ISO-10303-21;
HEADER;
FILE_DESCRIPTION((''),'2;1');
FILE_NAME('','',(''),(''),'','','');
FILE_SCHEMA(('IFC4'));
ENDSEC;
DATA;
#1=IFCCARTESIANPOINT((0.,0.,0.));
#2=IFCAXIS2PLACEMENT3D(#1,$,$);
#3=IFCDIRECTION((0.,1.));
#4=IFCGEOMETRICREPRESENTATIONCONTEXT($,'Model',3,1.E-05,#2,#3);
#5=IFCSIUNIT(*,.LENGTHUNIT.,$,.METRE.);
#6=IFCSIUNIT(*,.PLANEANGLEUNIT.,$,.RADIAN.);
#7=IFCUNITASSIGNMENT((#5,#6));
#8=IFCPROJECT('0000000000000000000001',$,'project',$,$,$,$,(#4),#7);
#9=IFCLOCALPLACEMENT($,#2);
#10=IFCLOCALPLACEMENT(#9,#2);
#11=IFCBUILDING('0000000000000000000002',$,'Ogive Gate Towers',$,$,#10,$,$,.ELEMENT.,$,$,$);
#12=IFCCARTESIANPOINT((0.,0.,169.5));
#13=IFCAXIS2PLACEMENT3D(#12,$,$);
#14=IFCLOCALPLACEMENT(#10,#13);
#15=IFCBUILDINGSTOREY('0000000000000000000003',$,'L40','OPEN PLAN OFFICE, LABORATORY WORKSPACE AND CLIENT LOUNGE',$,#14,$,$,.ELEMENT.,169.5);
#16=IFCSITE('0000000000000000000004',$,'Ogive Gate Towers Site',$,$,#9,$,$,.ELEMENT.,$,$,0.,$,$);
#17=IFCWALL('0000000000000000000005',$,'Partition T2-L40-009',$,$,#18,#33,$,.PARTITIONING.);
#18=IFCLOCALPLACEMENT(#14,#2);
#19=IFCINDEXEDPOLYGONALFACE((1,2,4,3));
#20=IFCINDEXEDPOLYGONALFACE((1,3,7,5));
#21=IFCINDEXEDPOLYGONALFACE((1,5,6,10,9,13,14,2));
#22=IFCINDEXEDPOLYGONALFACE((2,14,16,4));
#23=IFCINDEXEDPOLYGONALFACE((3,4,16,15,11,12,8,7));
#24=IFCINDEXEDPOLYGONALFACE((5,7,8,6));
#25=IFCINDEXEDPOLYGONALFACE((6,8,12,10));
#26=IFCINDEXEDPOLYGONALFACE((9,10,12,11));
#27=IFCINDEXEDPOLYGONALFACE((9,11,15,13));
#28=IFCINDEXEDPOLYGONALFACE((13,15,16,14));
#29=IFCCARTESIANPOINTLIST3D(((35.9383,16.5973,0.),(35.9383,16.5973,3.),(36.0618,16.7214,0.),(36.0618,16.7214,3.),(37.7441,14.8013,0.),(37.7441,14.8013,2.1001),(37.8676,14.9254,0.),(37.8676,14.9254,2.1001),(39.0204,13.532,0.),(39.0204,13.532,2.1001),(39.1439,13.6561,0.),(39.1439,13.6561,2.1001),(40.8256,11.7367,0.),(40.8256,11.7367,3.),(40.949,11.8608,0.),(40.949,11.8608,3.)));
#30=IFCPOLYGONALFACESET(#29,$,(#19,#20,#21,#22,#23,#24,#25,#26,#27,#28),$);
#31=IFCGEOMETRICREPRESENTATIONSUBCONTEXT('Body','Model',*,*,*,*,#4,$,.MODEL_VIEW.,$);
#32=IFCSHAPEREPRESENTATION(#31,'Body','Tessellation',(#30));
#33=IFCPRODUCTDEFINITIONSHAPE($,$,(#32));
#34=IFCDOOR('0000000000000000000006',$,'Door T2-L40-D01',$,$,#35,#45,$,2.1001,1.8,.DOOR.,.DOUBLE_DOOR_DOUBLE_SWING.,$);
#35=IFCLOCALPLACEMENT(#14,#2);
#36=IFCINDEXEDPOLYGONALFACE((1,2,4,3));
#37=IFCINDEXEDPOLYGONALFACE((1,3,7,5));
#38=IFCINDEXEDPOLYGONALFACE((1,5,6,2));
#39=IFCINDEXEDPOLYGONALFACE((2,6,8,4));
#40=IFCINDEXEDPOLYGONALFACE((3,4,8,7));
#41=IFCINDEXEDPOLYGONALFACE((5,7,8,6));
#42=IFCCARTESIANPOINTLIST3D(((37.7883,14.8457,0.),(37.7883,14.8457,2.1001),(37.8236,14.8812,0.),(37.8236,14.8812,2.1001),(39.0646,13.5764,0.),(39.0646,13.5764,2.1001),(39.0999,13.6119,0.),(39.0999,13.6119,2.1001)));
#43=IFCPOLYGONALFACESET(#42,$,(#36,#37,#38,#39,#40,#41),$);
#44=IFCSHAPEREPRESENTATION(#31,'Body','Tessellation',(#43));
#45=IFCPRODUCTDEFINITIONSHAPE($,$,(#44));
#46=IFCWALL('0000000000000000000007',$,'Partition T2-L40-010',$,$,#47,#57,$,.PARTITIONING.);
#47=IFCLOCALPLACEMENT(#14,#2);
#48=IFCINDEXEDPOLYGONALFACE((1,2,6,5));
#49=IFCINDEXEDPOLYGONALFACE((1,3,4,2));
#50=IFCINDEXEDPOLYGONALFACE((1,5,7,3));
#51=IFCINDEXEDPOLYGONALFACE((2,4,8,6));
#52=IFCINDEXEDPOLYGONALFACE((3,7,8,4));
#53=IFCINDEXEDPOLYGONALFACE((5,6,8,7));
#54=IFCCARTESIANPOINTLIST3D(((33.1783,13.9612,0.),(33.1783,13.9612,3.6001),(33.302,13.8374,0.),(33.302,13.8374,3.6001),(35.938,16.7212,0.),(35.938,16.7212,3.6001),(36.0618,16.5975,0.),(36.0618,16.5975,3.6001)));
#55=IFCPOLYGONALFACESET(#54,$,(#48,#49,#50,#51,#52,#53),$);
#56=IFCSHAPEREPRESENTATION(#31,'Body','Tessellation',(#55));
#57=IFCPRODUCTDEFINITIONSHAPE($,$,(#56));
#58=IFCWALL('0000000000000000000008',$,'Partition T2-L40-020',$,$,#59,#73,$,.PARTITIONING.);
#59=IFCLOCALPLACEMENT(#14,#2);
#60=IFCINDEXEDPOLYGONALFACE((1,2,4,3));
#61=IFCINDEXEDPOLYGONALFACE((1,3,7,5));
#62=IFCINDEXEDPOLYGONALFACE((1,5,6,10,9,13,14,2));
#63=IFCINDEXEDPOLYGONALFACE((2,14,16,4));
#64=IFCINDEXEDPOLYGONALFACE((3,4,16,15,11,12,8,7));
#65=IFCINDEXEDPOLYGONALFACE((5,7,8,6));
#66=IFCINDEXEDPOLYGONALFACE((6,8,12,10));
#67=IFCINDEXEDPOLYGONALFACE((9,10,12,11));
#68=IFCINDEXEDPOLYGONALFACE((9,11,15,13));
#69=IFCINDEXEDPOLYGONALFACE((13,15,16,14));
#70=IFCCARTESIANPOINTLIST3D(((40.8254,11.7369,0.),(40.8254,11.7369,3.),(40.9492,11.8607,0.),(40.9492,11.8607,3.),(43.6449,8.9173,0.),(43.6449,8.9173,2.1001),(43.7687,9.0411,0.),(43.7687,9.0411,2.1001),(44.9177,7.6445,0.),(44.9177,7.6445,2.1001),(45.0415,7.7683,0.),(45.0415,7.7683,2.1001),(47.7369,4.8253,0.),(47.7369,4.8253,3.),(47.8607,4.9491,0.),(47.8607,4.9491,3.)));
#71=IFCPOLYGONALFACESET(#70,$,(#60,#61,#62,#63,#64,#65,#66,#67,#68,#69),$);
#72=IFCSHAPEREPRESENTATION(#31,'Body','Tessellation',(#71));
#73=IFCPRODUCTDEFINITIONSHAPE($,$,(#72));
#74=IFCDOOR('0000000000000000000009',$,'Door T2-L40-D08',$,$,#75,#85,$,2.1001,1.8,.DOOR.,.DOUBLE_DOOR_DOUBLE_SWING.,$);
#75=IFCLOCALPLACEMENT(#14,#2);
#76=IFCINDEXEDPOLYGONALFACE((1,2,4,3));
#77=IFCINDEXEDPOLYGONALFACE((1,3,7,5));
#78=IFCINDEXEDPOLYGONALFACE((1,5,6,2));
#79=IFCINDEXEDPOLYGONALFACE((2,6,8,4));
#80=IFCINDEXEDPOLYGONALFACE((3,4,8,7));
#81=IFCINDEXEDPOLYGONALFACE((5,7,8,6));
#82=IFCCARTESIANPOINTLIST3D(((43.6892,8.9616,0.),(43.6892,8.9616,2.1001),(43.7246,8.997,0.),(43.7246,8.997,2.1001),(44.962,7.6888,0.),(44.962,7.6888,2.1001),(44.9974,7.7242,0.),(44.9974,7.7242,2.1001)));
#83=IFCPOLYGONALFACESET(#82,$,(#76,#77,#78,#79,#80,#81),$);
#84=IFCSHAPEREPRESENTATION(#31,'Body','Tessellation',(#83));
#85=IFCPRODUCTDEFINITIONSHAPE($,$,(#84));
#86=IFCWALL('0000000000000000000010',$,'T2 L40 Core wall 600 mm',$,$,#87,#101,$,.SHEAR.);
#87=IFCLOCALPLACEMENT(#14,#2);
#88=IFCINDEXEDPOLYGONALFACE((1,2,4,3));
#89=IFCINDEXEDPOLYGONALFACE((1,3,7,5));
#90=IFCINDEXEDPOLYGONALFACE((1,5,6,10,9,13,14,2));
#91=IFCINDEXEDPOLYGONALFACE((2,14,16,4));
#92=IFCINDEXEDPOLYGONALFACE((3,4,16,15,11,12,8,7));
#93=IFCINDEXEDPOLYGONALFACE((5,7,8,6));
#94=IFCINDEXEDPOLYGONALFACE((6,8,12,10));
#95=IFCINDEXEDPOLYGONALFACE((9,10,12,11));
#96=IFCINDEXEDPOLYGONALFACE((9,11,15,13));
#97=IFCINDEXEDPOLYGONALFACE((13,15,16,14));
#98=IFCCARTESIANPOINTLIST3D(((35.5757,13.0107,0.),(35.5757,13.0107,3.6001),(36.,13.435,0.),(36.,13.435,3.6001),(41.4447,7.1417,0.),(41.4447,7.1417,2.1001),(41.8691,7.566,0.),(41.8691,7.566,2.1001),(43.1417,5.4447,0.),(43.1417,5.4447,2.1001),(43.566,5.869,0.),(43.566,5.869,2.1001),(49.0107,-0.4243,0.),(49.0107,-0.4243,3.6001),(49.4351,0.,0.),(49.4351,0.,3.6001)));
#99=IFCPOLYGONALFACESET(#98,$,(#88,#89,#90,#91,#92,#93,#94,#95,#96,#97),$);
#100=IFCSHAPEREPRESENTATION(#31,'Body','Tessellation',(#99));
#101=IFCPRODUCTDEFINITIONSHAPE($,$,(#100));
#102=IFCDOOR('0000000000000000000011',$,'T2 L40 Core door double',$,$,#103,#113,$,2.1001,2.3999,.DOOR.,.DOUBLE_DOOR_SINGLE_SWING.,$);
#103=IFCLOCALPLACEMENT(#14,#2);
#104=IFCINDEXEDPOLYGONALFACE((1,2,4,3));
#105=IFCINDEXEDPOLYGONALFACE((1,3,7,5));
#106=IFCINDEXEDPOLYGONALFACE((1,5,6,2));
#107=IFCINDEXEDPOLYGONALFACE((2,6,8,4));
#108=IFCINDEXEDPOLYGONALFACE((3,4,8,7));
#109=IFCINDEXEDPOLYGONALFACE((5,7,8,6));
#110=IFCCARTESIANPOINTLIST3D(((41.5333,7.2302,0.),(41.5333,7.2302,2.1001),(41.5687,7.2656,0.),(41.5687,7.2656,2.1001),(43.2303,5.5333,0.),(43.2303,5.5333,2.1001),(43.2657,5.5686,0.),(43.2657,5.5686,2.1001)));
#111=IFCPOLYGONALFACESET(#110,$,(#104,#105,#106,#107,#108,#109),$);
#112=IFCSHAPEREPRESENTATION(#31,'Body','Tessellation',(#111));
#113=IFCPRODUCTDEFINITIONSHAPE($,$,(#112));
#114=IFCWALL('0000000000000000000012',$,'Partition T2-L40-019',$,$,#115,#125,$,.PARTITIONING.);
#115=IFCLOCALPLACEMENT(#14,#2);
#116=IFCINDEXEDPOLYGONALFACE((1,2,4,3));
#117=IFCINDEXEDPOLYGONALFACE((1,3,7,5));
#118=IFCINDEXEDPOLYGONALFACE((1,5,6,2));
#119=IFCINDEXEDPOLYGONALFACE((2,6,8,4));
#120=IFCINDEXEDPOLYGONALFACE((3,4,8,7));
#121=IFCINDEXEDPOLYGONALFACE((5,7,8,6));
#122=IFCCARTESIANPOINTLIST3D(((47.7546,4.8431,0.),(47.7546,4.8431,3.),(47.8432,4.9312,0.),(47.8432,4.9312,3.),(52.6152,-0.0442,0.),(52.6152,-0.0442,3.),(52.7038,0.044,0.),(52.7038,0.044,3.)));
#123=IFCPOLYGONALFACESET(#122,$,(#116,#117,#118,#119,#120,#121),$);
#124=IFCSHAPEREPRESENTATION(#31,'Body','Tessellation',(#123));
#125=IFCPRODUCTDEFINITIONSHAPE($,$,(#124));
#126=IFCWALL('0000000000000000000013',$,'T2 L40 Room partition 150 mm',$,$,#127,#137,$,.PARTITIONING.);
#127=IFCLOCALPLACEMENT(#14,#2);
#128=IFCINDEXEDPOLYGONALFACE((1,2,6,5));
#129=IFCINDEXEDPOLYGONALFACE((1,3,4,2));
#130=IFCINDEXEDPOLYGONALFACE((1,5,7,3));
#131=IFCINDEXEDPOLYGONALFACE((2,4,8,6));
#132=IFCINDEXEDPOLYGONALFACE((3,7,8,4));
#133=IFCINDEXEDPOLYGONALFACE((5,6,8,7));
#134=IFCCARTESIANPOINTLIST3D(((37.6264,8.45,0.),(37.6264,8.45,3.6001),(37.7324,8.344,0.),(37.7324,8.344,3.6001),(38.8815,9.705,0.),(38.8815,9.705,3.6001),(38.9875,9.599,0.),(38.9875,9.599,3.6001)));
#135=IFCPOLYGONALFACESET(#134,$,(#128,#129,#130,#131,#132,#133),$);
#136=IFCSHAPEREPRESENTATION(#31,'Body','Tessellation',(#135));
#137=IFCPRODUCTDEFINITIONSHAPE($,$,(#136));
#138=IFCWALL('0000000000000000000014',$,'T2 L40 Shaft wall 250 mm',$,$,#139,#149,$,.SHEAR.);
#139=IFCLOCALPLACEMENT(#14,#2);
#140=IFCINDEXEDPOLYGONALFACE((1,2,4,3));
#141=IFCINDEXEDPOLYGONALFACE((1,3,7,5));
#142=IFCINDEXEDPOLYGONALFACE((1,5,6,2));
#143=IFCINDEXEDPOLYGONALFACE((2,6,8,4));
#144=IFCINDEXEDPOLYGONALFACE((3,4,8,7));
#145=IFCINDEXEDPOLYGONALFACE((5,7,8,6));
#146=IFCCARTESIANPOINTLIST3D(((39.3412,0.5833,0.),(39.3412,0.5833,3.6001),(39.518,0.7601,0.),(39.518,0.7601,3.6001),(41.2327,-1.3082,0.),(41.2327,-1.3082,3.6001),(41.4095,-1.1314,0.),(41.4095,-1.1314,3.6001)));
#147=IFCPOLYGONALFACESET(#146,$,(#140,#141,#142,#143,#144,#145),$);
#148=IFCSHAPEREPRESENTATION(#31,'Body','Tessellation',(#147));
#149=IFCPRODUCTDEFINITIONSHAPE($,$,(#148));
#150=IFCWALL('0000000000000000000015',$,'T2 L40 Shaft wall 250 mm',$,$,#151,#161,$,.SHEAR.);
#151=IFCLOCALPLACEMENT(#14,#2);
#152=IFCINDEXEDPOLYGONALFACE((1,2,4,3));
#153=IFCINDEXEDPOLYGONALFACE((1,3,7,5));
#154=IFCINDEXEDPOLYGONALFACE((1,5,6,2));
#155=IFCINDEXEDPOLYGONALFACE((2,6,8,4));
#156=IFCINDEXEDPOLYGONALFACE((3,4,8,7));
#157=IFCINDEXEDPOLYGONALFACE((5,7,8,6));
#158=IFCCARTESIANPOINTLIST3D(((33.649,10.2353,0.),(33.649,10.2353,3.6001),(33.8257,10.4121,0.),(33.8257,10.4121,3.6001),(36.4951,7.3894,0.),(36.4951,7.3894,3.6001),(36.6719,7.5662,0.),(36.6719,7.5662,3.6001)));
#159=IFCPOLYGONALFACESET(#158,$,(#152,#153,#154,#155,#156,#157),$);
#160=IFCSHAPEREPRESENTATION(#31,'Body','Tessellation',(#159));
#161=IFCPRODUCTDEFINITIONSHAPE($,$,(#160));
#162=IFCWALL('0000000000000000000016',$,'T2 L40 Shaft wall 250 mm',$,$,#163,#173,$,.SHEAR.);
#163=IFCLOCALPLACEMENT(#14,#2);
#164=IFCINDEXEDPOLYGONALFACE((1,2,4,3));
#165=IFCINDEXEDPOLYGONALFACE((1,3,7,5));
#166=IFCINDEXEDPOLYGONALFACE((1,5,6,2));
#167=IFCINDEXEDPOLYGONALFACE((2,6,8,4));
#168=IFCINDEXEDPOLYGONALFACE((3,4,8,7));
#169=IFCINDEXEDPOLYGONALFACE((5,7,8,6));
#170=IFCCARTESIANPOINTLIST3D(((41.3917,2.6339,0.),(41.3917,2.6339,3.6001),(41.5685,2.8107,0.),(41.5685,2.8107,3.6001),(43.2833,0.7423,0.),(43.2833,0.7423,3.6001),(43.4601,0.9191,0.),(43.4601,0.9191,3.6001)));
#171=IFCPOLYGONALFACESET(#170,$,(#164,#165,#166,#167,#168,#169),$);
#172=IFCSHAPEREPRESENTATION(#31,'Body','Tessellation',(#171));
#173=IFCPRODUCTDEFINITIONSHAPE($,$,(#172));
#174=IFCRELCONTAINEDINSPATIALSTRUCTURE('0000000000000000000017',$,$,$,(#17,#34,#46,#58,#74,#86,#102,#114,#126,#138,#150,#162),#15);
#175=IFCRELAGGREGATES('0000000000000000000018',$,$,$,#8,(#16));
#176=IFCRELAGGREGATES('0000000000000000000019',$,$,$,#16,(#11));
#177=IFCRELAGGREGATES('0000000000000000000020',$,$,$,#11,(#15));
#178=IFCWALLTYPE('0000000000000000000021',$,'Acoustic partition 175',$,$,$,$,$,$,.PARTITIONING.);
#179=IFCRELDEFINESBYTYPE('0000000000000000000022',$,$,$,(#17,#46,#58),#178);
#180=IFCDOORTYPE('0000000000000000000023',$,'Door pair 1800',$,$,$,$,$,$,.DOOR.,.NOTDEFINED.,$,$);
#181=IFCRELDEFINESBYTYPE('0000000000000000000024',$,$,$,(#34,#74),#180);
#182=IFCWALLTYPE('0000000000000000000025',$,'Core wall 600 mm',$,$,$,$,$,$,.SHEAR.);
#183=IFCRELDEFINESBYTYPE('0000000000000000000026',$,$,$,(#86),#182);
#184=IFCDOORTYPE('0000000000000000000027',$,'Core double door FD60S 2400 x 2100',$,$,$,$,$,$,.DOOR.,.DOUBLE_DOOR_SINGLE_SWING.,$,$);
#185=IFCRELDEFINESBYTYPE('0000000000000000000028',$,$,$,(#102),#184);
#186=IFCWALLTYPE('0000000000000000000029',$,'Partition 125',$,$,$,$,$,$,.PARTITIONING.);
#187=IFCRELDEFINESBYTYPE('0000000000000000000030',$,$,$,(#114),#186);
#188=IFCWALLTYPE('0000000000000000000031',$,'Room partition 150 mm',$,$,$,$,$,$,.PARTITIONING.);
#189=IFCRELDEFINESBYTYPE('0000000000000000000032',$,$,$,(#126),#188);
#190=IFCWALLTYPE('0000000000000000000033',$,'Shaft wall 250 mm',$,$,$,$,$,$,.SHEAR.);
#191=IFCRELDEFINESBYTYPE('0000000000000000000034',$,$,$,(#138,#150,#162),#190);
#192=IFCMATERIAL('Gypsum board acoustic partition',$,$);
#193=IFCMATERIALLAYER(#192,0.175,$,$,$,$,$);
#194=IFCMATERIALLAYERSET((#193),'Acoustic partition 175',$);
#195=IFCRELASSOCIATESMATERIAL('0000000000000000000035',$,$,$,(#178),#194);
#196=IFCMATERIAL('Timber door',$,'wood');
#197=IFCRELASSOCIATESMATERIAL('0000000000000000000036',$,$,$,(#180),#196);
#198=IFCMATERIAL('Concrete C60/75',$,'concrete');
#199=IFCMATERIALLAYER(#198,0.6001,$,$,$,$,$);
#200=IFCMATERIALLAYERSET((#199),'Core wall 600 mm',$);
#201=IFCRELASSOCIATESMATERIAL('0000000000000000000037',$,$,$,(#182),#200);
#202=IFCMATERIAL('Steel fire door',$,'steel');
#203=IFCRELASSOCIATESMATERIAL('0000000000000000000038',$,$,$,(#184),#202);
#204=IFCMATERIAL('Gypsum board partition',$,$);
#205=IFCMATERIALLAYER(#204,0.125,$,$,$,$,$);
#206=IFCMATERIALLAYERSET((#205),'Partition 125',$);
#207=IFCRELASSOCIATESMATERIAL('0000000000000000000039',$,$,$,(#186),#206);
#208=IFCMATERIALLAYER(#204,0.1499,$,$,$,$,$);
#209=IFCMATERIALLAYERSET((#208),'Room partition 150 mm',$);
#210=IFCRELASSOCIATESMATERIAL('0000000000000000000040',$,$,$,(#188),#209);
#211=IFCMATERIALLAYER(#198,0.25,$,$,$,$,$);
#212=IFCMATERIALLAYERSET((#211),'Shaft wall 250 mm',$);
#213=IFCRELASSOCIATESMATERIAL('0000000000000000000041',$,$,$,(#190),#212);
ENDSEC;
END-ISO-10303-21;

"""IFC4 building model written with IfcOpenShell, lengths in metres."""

from ifc_helpers import new_model, si_unit, direction, frame, frame_2d, origin, place, context, subcontext, project, spatial, rectangle, extrude, material, layer, layer_set, type_object, element, fill, save


model = new_model("IFC4")

# Units and contexts
model_context = context("Model", 3, precision=1e-05, world=origin(), true_north=direction((0.0, 1.0)))
body_context = subcontext(model_context, "Body", "Model", "MODEL_VIEW")
ifc_project = project(units=[si_unit("LENGTHUNIT", "METRE"), si_unit("PLANEANGLEUNIT", "RADIAN")], contexts=[model_context])

# Site, building, storey
site_placement = place(None, origin())
site = spatial("IfcSite", under=ifc_project, at=site_placement, Name="Ogive Gate Towers Site", CompositionType="ELEMENT", RefElevation=0.0)
building_placement = place(site_placement, origin())
building = spatial("IfcBuilding", under=site, at=building_placement, Name="Ogive Gate Towers", CompositionType="ELEMENT")
storey_placement = place(building_placement, frame((0.0, 0.0, 169.5)))
storey = spatial("IfcBuildingStorey", under=building, at=storey_placement, Name="L40", Description="OPEN PLAN OFFICE, LABORATORY WORKSPACE AND CLIENT LOUNGE", CompositionType="ELEMENT", Elevation=169.5)

# Shared definitions
ifc_material_1 = material(Name="Gypsum board acoustic partition")
ifc_layer_1 = layer(ifc_material_1, 0.175)
ifc_layer_set_1 = layer_set([ifc_layer_1], Name="Acoustic partition 175")
wall_type_1 = type_object("IfcWallType", Name="Acoustic partition 175", PredefinedType="PARTITIONING", material=ifc_layer_set_1)

# Wall, opening, door
wall_1_placement = place(storey_placement, frame((40.8872, 11.7988, 0.0), z_axis=(0.0, 0.0, 1.0), x_axis=(-0.709035, 0.705174, 0.0)))
wall_1 = element("IfcWall", 1, at=wall_1_placement, inside=storey, type_object=wall_type_1, Name="Partition T2-L40-009", PredefinedType="PARTITIONING", context=body_context, shape_type="SweptSolid", body=[
    extrude(rectangle(XDim=6.8928, YDim=0.175, at=frame_2d((3.4463, 0.0))), origin(), (0.0, 0.0, 1.0), 3.0),
])
opening_1_placement = place(wall_1_placement, frame((2.5459, 0.0, 0.0)))
opening_1 = element("IfcOpeningElement", 2, at=opening_1_placement, cuts=wall_1, PredefinedType="OPENING", context=body_context, shape_type="SweptSolid", body=[
    extrude(rectangle(XDim=1.8, YDim=2.1001, at=frame_2d((0.8999, 1.05))), frame((0.0, 0.0977, 0.0), z_axis=(0.0, -1.0, 0.0), x_axis=(1.0, 0.0, 0.0)), (0.0, 0.0, 1.0), 0.1951),
])
ifc_material_2 = material(Name="Timber door", Category="wood")
door_type_1 = type_object("IfcDoorType", Name="Door pair 1800", OperationType="NOTDEFINED", PredefinedType="DOOR", material=ifc_material_2)
door_1_placement = place(opening_1_placement, origin())
door_1 = element("IfcDoor", 3, at=door_1_placement, inside=storey, type_object=door_type_1, Name="Door T2-L40-D01", OperationType="DOUBLE_DOOR_DOUBLE_SWING", OverallHeight=2.1001, OverallWidth=1.8, PredefinedType="DOOR", context=body_context, shape_type="SweptSolid", body=[
    extrude(rectangle(XDim=1.8, YDim=2.1001, at=frame_2d((0.8999, 1.05))), frame((0.0, 0.0249, 0.0), z_axis=(0.0, -1.0, 0.0), x_axis=(1.0, 0.0, 0.0)), (0.0, 0.0, 1.0), 0.05),
])
fill(opening_1, door_1)

# Wall
wall_2_placement = place(storey_placement, frame((36.0, 16.6594, 0.0), z_axis=(0.0, 0.0, 1.0), x_axis=(-0.707076, -0.707138, 0.0)))
element("IfcWall", 4, at=wall_2_placement, inside=storey, type_object=wall_type_1, Name="Partition T2-L40-010", PredefinedType="PARTITIONING", context=body_context, shape_type="SweptSolid", body=[
    extrude(rectangle(XDim=3.9031, YDim=0.175, at=frame_2d((1.9517, 0.0))), origin(), (0.0, 0.0, 1.0), 3.6001),
])

# Walls, openings, doors
wall_3_placement = place(storey_placement, frame((47.7988, 4.8872, 0.0), z_axis=(0.0, 0.0, 1.0), x_axis=(-0.707107, 0.707107, 0.0)))
wall_3 = element("IfcWall", 5, at=wall_3_placement, inside=storey, type_object=wall_type_1, Name="Partition T2-L40-020", PredefinedType="PARTITIONING", context=body_context, shape_type="SweptSolid", body=[
    extrude(rectangle(XDim=9.7744, YDim=0.175, at=frame_2d((4.8872, 0.0))), origin(), (0.0, 0.0, 1.0), 3.0),
])
opening_2_placement = place(wall_3_placement, frame((3.9871, 0.0, 0.0)))
opening_2 = element("IfcOpeningElement", 6, at=opening_2_placement, cuts=wall_3, PredefinedType="OPENING", context=body_context, shape_type="SweptSolid", body=[
    extrude(rectangle(XDim=1.8, YDim=2.1001, at=frame_2d((0.8999, 1.05))), frame((0.0, 0.0977, 0.0), z_axis=(0.0, -1.0, 0.0), x_axis=(1.0, 0.0, 0.0)), (0.0, 0.0, 1.0), 0.1951),
])
door_2_placement = place(opening_2_placement, origin())
door_2 = element("IfcDoor", 7, at=door_2_placement, inside=storey, type_object=door_type_1, Name="Door T2-L40-D08", OperationType="DOUBLE_DOOR_DOUBLE_SWING", OverallHeight=2.1001, OverallWidth=1.8, PredefinedType="DOOR", context=body_context, shape_type="SweptSolid", body=[
    extrude(rectangle(XDim=1.8, YDim=2.1001, at=frame_2d((0.8999, 1.05))), frame((0.0, 0.0249, 0.0), z_axis=(0.0, -1.0, 0.0), x_axis=(1.0, 0.0, 0.0)), (0.0, 0.0, 1.0), 0.05),
])
fill(opening_2, door_2)
ifc_material_3 = material(Name="Concrete C60/75", Category="concrete")
ifc_layer_2 = layer(ifc_material_3, 0.6001)
ifc_layer_set_2 = layer_set([ifc_layer_2], Name="Core wall 600 mm")
wall_type_2 = type_object("IfcWallType", Name="Core wall 600 mm", PredefinedType="SHEAR", material=ifc_layer_set_2)
wall_4_placement = place(storey_placement, frame((49.2229, -0.2122, 0.0), z_axis=(0.0, 0.0, 1.0), x_axis=(-0.707107, 0.707107, 0.0)))
wall_4 = element("IfcWall", 8, at=wall_4_placement, inside=storey, type_object=wall_type_2, Name="T2 L40 Core wall 600 mm", PredefinedType="SHEAR", context=body_context, shape_type="SweptSolid", body=[
    extrude(rectangle(XDim=19.0, YDim=0.6001, at=frame_2d((9.5, 0.0))), origin(), (0.0, 0.0, 1.0), 3.6001),
])
opening_3_placement = place(wall_4_placement, frame((8.3, 0.0, 0.0)))
opening_3 = element("IfcOpeningElement", 9, at=opening_3_placement, cuts=wall_4, PredefinedType="OPENING", context=body_context, shape_type="SweptSolid", body=[
    extrude(rectangle(XDim=2.3999, YDim=2.1001, at=frame_2d((1.2, 1.05))), frame((0.0, 0.3101, 0.0), z_axis=(0.0, -1.0, 0.0), x_axis=(1.0, 0.0, 0.0)), (0.0, 0.0, 1.0), 0.6201),
])
ifc_material_4 = material(Name="Steel fire door", Category="steel")
door_type_2 = type_object("IfcDoorType", Name="Core double door FD60S 2400 x 2100", OperationType="DOUBLE_DOOR_SINGLE_SWING", PredefinedType="DOOR", material=ifc_material_4)
door_3_placement = place(opening_3_placement, origin())
door_3 = element("IfcDoor", 10, at=door_3_placement, inside=storey, type_object=door_type_2, Name="T2 L40 Core door double", OperationType="DOUBLE_DOOR_SINGLE_SWING", OverallHeight=2.1001, OverallWidth=2.3999, PredefinedType="DOOR", context=body_context, shape_type="SweptSolid", body=[
    extrude(rectangle(XDim=2.3999, YDim=2.1001, at=frame_2d((1.2, 1.05))), frame((0.0, 0.1748, 0.0), z_axis=(0.0, -1.0, 0.0), x_axis=(1.0, 0.0, 0.0)), (0.0, 0.0, 1.0), 0.05),
])
fill(opening_3, door_3)

# Walls
ifc_material_5 = material(Name="Gypsum board partition")
ifc_layer_3 = layer(ifc_material_5, 0.125)
ifc_layer_set_3 = layer_set([ifc_layer_3], Name="Partition 125")
wall_type_3 = type_object("IfcWallType", Name="Partition 125", PredefinedType="PARTITIONING", material=ifc_layer_set_3)
wall_5_placement = place(storey_placement, frame((52.6594, 0.0, 0.0), z_axis=(0.0, 0.0, 1.0), x_axis=(-0.705174, 0.709035, 0.0)))
element("IfcWall", 11, at=wall_5_placement, inside=storey, type_object=wall_type_3, Name="Partition T2-L40-019", PredefinedType="PARTITIONING", context=body_context, shape_type="SweptSolid", body=[
    extrude(rectangle(XDim=6.8928, YDim=0.125, at=frame_2d((3.4463, 0.0))), origin(), (0.0, 0.0, 1.0), 3.0),
])
ifc_layer_4 = layer(ifc_material_5, 0.1499)
ifc_layer_set_4 = layer_set([ifc_layer_4], Name="Room partition 150 mm")
wall_type_4 = type_object("IfcWallType", Name="Room partition 150 mm", PredefinedType="PARTITIONING", material=ifc_layer_set_4)
wall_6_placement = place(storey_placement, frame((37.6794, 8.397, 0.0), z_axis=(0.0, 0.0, 1.0), x_axis=(0.707107, 0.707107, 0.0)))
element("IfcWall", 12, at=wall_6_placement, inside=storey, type_object=wall_type_4, Name="T2 L40 Room partition 150 mm", PredefinedType="PARTITIONING", context=body_context, shape_type="SweptSolid", body=[
    extrude(rectangle(XDim=1.7749, YDim=0.1499, at=frame_2d((0.8875, 0.0))), origin(), (0.0, 0.0, 1.0), 3.6001),
])
ifc_layer_5 = layer(ifc_material_3, 0.25)
ifc_layer_set_5 = layer_set([ifc_layer_5], Name="Shaft wall 250 mm")
wall_type_5 = type_object("IfcWallType", Name="Shaft wall 250 mm", PredefinedType="SHEAR", material=ifc_layer_set_5)
wall_7_placement = place(storey_placement, frame((41.321, -1.2197, 0.0), z_axis=(0.0, 0.0, 1.0), x_axis=(-0.707107, 0.707107, 0.0)))
element("IfcWall", 13, at=wall_7_placement, inside=storey, type_object=wall_type_5, Name="T2 L40 Shaft wall 250 mm", PredefinedType="SHEAR", context=body_context, shape_type="SweptSolid", body=[
    extrude(rectangle(XDim=2.675, YDim=0.25, at=frame_2d((1.3374, 0.0))), origin(), (0.0, 0.0, 1.0), 3.6001),
])
wall_8_placement = place(storey_placement, frame((36.5835, 7.4778, 0.0), z_axis=(0.0, 0.0, 1.0), x_axis=(-0.707137, 0.707076, 0.0)))
element("IfcWall", 14, at=wall_8_placement, inside=storey, type_object=wall_type_5, Name="T2 L40 Shaft wall 250 mm", PredefinedType="SHEAR", context=body_context, shape_type="SweptSolid", body=[
    extrude(rectangle(XDim=4.0249, YDim=0.25, at=frame_2d((2.0125, 0.0))), origin(), (0.0, 0.0, 1.0), 3.6001),
])
wall_9_placement = place(storey_placement, frame((43.3716, 0.8308, 0.0), z_axis=(0.0, 0.0, 1.0), x_axis=(-0.707107, 0.707107, 0.0)))
element("IfcWall", 15, at=wall_9_placement, inside=storey, type_object=wall_type_5, Name="T2 L40 Shaft wall 250 mm", PredefinedType="SHEAR", context=body_context, shape_type="SweptSolid", body=[
    extrude(rectangle(XDim=2.675, YDim=0.25, at=frame_2d((1.3374, 0.0))), origin(), (0.0, 0.0, 1.0), 3.6001),
])

save(model, "model.ifc")
